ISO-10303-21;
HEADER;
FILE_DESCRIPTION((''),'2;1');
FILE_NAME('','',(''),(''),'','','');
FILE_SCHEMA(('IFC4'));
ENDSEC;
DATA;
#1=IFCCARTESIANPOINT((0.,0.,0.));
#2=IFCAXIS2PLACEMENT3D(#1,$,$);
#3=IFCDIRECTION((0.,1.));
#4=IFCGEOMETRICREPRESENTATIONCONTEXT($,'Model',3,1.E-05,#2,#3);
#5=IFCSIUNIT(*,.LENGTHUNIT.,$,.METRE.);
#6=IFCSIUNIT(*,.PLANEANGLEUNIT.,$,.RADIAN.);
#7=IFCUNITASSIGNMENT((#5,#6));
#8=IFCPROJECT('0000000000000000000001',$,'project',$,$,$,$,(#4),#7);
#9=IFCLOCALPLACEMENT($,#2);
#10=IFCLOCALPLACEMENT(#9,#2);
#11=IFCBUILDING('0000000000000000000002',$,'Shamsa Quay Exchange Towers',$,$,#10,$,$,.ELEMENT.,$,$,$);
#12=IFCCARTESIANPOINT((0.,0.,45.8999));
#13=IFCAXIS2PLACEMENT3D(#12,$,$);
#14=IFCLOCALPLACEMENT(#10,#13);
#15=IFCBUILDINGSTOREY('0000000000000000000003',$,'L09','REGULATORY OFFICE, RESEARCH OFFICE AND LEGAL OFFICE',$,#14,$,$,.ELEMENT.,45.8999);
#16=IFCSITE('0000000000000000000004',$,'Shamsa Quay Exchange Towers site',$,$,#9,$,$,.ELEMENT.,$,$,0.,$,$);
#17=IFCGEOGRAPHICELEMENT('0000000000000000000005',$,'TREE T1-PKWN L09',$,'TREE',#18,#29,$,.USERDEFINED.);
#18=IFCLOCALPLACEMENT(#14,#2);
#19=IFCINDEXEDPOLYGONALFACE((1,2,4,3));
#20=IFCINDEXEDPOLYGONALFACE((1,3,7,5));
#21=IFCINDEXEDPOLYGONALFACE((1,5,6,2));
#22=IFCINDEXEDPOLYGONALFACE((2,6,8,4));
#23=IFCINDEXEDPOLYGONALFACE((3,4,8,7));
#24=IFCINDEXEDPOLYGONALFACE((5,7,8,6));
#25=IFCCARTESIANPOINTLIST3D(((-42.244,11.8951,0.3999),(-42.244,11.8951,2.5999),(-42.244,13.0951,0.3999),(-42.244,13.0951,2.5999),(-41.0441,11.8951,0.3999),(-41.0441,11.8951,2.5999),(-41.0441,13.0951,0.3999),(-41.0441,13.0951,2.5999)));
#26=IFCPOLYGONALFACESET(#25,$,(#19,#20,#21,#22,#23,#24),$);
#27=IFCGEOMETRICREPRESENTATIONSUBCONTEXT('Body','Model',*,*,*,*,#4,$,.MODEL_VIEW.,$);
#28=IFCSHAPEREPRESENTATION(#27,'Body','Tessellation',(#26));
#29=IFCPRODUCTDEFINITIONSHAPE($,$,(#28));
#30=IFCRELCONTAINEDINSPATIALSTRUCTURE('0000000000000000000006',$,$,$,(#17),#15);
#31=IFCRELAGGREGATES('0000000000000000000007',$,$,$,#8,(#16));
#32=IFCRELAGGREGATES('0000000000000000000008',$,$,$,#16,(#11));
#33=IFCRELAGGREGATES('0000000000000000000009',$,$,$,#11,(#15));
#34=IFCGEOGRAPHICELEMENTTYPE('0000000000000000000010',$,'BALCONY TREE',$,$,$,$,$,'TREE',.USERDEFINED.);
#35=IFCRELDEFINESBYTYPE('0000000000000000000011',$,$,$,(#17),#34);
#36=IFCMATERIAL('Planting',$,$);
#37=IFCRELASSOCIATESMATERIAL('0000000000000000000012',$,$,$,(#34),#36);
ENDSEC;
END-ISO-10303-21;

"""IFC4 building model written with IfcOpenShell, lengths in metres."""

from ifc_helpers import new_model, si_unit, direction, frame, origin, origin_2d, place, context, subcontext, project, spatial, rectangle, extrude, material, type_object, element, save


model = new_model("IFC4")

# Units and contexts
model_context = context("Model", 3, precision=1e-05, world=origin(), true_north=direction((0.0, 1.0)))
body_context = subcontext(model_context, "Body", "Model", "MODEL_VIEW")
ifc_project = project(units=[si_unit("LENGTHUNIT", "METRE"), si_unit("PLANEANGLEUNIT", "RADIAN")], contexts=[model_context])

# Site, building, storey
site_placement = place(None, origin())
site = spatial("IfcSite", under=ifc_project, at=site_placement, Name="Shamsa Quay Exchange Towers site", CompositionType="ELEMENT", RefElevation=0.0)
building_placement = place(site_placement, origin())
building = spatial("IfcBuilding", under=site, at=building_placement, Name="Shamsa Quay Exchange Towers", CompositionType="ELEMENT")
storey_placement = place(building_placement, frame((0.0, 0.0, 45.8999)))
storey = spatial("IfcBuildingStorey", under=building, at=storey_placement, Name="L09", Description="REGULATORY OFFICE, RESEARCH OFFICE AND LEGAL OFFICE", CompositionType="ELEMENT", Elevation=45.8999)

# Geographic element
ifc_material_1 = material(Name="Planting")
geographic_element_type = type_object("IfcGeographicElementType", Name="BALCONY TREE", ElementType="TREE", PredefinedType="USERDEFINED", material=ifc_material_1)
geographic_element_placement = place(storey_placement, frame((-41.644, 12.4951, 0.3999), z_axis=(0.0, 0.0, 1.0), x_axis=(-1.0, 0.0, 0.0)))
element("IfcGeographicElement", 1, at=geographic_element_placement, inside=storey, type_object=geographic_element_type, Name="TREE T1-PKWN L09", ObjectType="TREE", PredefinedType="USERDEFINED", context=body_context, shape_type="SweptSolid", body=[
    extrude(rectangle(XDim=1.2, YDim=1.2, at=origin_2d()), origin(), (0.0, 0.0, 1.0), 2.2),
])

save(model, "model.ifc")
